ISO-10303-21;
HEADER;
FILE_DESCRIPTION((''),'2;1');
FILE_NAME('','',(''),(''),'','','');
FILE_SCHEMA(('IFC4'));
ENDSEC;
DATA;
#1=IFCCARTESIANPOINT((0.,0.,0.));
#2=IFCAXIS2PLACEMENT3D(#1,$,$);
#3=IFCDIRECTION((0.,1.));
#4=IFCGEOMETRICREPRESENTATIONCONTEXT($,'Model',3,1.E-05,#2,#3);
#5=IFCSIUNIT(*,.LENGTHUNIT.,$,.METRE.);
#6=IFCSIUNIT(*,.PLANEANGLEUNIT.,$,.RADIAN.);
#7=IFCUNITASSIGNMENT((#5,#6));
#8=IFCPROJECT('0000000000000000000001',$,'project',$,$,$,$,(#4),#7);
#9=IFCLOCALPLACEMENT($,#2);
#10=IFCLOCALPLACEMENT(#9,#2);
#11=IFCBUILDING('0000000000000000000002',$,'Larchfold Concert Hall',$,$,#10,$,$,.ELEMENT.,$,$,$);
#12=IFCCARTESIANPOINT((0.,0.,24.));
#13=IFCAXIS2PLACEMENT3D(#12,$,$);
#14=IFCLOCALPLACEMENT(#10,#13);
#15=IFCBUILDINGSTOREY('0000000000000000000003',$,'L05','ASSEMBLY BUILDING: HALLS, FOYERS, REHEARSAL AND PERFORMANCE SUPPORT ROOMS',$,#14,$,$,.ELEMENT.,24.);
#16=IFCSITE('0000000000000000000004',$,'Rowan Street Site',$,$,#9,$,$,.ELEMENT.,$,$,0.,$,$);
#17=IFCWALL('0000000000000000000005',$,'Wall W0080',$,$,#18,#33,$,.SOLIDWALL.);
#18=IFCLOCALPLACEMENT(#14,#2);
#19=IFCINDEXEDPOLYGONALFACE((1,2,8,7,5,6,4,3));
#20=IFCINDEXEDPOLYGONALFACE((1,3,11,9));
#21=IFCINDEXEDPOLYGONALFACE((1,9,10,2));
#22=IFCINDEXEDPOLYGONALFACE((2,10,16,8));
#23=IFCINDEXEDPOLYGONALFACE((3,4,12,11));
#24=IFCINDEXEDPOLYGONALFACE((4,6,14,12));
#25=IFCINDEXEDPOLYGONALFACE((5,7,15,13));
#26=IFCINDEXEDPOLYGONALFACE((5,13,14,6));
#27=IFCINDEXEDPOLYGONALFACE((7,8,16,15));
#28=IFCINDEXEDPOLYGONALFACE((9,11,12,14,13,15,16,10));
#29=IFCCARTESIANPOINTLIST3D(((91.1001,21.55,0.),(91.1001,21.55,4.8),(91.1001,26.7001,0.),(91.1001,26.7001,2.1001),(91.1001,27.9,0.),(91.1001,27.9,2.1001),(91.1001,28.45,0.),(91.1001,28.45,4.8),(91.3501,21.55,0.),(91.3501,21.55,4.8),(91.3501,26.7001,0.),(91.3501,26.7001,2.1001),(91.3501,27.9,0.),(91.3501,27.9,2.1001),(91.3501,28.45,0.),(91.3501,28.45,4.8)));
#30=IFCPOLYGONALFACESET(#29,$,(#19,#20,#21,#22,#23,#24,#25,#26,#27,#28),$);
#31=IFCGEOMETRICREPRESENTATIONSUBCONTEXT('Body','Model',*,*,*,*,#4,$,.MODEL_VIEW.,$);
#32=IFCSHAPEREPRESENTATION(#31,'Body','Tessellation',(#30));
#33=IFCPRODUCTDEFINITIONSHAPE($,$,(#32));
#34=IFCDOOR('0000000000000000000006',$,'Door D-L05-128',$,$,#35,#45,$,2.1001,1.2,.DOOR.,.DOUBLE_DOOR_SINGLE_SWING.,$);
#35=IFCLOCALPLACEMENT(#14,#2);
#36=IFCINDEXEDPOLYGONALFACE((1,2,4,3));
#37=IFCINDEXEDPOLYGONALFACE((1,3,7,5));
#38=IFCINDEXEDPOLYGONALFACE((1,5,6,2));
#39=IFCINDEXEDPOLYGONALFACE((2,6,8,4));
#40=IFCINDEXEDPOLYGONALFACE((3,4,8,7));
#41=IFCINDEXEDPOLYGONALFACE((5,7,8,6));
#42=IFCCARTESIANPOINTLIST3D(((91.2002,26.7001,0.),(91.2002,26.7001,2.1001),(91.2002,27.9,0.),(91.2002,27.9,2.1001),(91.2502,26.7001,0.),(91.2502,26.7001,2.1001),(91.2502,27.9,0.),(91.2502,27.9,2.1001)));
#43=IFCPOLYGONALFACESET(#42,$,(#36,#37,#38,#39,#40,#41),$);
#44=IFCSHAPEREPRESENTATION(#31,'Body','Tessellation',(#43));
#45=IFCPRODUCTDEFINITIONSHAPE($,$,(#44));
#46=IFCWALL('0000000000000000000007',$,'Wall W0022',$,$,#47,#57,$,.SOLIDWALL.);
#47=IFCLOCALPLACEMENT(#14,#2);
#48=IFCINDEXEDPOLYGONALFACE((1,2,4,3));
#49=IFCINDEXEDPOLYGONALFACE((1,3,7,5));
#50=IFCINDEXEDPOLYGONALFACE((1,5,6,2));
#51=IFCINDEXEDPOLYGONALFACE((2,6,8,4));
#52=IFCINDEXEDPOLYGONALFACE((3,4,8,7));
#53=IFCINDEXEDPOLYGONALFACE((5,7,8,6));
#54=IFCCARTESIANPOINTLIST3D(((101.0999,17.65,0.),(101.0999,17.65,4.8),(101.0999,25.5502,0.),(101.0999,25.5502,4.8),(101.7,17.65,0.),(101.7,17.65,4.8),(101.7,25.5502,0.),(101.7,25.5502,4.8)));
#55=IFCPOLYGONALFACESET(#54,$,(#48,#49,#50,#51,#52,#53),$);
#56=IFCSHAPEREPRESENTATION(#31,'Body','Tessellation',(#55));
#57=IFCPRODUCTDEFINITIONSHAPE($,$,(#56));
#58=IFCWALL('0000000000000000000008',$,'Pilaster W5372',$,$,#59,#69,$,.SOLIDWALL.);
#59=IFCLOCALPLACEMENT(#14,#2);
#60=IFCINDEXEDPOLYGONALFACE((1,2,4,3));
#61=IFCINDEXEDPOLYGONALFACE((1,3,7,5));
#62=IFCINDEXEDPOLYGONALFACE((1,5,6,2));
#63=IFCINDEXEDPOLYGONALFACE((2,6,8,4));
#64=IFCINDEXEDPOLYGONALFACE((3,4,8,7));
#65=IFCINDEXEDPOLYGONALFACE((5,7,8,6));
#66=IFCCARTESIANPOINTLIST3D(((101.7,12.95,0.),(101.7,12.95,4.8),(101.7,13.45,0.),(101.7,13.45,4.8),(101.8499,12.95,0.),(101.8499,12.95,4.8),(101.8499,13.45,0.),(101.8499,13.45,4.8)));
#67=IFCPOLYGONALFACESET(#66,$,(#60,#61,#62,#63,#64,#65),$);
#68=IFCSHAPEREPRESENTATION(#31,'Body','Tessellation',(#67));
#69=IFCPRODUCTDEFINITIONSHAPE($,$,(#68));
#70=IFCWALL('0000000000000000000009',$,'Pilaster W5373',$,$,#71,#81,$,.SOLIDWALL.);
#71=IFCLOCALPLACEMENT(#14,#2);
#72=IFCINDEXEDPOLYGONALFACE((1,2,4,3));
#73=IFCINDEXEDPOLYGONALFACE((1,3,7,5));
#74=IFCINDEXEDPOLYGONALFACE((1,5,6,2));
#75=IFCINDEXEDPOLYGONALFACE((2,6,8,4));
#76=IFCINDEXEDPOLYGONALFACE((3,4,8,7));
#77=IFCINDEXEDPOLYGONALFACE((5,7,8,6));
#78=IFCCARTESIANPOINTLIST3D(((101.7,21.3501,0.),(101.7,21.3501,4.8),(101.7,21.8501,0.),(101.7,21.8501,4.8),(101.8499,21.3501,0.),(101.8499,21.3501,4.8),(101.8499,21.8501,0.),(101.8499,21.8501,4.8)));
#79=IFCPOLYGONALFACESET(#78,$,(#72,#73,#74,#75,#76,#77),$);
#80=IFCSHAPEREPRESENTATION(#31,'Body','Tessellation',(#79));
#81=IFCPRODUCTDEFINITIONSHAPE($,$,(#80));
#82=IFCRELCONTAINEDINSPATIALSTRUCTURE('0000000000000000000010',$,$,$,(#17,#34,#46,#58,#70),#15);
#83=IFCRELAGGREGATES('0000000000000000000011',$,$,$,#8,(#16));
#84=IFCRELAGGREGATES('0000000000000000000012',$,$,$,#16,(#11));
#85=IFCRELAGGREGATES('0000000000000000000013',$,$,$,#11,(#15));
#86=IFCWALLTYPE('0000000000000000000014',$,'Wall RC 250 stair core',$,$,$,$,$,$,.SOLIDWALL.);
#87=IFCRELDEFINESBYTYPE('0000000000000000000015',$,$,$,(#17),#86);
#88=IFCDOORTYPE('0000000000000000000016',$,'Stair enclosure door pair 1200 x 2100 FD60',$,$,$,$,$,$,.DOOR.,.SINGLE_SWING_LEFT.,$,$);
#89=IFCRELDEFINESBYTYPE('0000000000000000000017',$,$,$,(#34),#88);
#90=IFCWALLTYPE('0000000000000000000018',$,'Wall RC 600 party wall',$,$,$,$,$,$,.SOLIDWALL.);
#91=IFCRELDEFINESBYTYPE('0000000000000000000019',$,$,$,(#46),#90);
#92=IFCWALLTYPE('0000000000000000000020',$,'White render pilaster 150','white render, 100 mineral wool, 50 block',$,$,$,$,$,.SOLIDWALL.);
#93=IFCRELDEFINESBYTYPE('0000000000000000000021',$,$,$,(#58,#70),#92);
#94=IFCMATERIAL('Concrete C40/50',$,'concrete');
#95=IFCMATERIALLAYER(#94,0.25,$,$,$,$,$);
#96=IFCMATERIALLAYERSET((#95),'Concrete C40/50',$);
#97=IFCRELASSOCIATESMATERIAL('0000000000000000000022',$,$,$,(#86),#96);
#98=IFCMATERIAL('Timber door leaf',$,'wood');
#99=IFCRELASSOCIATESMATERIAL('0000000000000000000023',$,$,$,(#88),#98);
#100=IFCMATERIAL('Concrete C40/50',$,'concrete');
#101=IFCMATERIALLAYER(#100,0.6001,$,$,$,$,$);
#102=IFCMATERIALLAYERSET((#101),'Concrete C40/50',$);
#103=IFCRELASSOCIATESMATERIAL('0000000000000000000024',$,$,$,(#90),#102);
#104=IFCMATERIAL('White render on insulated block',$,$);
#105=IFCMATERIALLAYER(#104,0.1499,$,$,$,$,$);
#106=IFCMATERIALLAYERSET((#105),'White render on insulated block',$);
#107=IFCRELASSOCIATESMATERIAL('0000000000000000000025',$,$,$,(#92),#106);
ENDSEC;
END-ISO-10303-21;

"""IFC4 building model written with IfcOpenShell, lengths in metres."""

from ifc_helpers import new_model, si_unit, direction, frame, frame_2d, origin, place, context, subcontext, project, spatial, rectangle, extrude, material, layer, layer_set, type_object, element, fill, save


model = new_model("IFC4")

# Units and contexts
model_context = context("Model", 3, precision=1e-05, world=origin(), true_north=direction((0.0, 1.0)))
body_context = subcontext(model_context, "Body", "Model", "MODEL_VIEW")
ifc_project = project(units=[si_unit("LENGTHUNIT", "METRE"), si_unit("PLANEANGLEUNIT", "RADIAN")], contexts=[model_context])

# Site, building, storey
site_placement = place(None, origin())
site = spatial("IfcSite", under=ifc_project, at=site_placement, Name="Rowan Street Site", CompositionType="ELEMENT", RefElevation=0.0)
building_placement = place(site_placement, origin())
building = spatial("IfcBuilding", under=site, at=building_placement, Name="Larchfold Concert Hall", CompositionType="ELEMENT")
storey_placement = place(building_placement, frame((0.0, 0.0, 24.0)))
storey = spatial("IfcBuildingStorey", under=building, at=storey_placement, Name="L05", Description="ASSEMBLY BUILDING: HALLS, FOYERS, REHEARSAL AND PERFORMANCE SUPPORT ROOMS", CompositionType="ELEMENT", Elevation=24.0)

# Wall, opening, door
ifc_material_1 = material(Name="Concrete C40/50", Category="concrete")
ifc_layer_1 = layer(ifc_material_1, 0.25)
ifc_layer_set_1 = layer_set([ifc_layer_1], Name="Concrete C40/50")
wall_type_1 = type_object("IfcWallType", Name="Wall RC 250 stair core", PredefinedType="SOLIDWALL", material=ifc_layer_set_1)
wall_1_placement = place(storey_placement, frame((91.2251, 21.55, 0.0), z_axis=(0.0, 0.0, 1.0), x_axis=(0.0, 1.0, 0.0)))
wall_1 = element("IfcWall", 1, at=wall_1_placement, inside=storey, type_object=wall_type_1, Name="Wall W0080", PredefinedType="SOLIDWALL", context=body_context, shape_type="SweptSolid", body=[
    extrude(rectangle(XDim=6.8999, YDim=0.25, at=frame_2d((3.45, 0.0))), origin(), (0.0, 0.0, 1.0), 4.8),
])
opening_1_placement = place(wall_1_placement, frame((5.1499, 0.0, 0.0)))
opening_1 = element("IfcOpeningElement", 2, at=opening_1_placement, cuts=wall_1, PredefinedType="OPENING", context=body_context, shape_type="SweptSolid", body=[
    extrude(rectangle(XDim=1.2, YDim=2.1001, at=frame_2d((0.6001, 1.05))), frame((0.0, 0.135, 0.0), z_axis=(0.0, -1.0, 0.0), x_axis=(1.0, 0.0, 0.0)), (0.0, 0.0, 1.0), 0.27),
])
ifc_material_2 = material(Name="Timber door leaf", Category="wood")
door_type_1 = type_object("IfcDoorType", Name="Stair enclosure door pair 1200 x 2100 FD60", OperationType="SINGLE_SWING_LEFT", PredefinedType="DOOR", material=ifc_material_2)
door_1_placement = place(opening_1_placement, origin())
door_1 = element("IfcDoor", 3, at=door_1_placement, inside=storey, type_object=door_type_1, Name="Door D-L05-128", OperationType="DOUBLE_DOOR_SINGLE_SWING", OverallHeight=2.1001, OverallWidth=1.2, PredefinedType="DOOR", context=body_context, shape_type="SweptSolid", body=[
    extrude(rectangle(XDim=1.2, YDim=2.1001, at=frame_2d((0.6001, 1.05))), frame((0.0, 0.0249, 0.0), z_axis=(0.0, -1.0, 0.0), x_axis=(1.0, 0.0, 0.0)), (0.0, 0.0, 1.0), 0.05),
])
fill(opening_1, door_1)

# Walls
ifc_material_3 = material(Name="Concrete C40/50", Category="concrete")
ifc_layer_2 = layer(ifc_material_3, 0.6001)
ifc_layer_set_2 = layer_set([ifc_layer_2], Name="Concrete C40/50")
wall_type_2 = type_object("IfcWallType", Name="Wall RC 600 party wall", PredefinedType="SOLIDWALL", material=ifc_layer_set_2)
wall_2_placement = place(storey_placement, frame((101.3999, 17.6499, 0.0), z_axis=(0.0, 0.0, 1.0), x_axis=(0.0, 1.0, 0.0)))
element("IfcWall", 4, at=wall_2_placement, inside=storey, type_object=wall_type_2, Name="Wall W0022", PredefinedType="SOLIDWALL", context=body_context, shape_type="SweptSolid", body=[
    extrude(rectangle(XDim=7.9001, YDim=0.6001, at=frame_2d((3.9502, 0.0))), origin(), (0.0, 0.0, 1.0), 4.8),
])
ifc_material_4 = material(Name="White render on insulated block")
ifc_layer_3 = layer(ifc_material_4, 0.1499)
ifc_layer_set_3 = layer_set([ifc_layer_3], Name="White render on insulated block")
wall_type_3 = type_object("IfcWallType", Name="White render pilaster 150", Description="white render, 100 mineral wool, 50 block", PredefinedType="SOLIDWALL", material=ifc_layer_set_3)
for number, where, z_axis, x_axis, name in (
    (5, (101.7749, 12.95, 0.0), (0.0, 0.0, 1.0), (0.0, 1.0, 0.0), "Pilaster W5372"),
    (6, (101.7749, 21.3501, 0.0), (0.0, 0.0, 1.0), (0.0, 1.0, 0.0), "Pilaster W5373"),
):
    element("IfcWall", number, at=place(storey_placement, frame(where, z_axis=z_axis, x_axis=x_axis)), inside=storey, type_object=wall_type_3, Name=name, PredefinedType="SOLIDWALL", context=body_context, shape_type="SweptSolid", body=[
        extrude(rectangle(XDim=0.5, YDim=0.1499, at=frame_2d((0.25, 0.0))), origin(), (0.0, 0.0, 1.0), 4.8),
    ])

save(model, "model.ifc")
